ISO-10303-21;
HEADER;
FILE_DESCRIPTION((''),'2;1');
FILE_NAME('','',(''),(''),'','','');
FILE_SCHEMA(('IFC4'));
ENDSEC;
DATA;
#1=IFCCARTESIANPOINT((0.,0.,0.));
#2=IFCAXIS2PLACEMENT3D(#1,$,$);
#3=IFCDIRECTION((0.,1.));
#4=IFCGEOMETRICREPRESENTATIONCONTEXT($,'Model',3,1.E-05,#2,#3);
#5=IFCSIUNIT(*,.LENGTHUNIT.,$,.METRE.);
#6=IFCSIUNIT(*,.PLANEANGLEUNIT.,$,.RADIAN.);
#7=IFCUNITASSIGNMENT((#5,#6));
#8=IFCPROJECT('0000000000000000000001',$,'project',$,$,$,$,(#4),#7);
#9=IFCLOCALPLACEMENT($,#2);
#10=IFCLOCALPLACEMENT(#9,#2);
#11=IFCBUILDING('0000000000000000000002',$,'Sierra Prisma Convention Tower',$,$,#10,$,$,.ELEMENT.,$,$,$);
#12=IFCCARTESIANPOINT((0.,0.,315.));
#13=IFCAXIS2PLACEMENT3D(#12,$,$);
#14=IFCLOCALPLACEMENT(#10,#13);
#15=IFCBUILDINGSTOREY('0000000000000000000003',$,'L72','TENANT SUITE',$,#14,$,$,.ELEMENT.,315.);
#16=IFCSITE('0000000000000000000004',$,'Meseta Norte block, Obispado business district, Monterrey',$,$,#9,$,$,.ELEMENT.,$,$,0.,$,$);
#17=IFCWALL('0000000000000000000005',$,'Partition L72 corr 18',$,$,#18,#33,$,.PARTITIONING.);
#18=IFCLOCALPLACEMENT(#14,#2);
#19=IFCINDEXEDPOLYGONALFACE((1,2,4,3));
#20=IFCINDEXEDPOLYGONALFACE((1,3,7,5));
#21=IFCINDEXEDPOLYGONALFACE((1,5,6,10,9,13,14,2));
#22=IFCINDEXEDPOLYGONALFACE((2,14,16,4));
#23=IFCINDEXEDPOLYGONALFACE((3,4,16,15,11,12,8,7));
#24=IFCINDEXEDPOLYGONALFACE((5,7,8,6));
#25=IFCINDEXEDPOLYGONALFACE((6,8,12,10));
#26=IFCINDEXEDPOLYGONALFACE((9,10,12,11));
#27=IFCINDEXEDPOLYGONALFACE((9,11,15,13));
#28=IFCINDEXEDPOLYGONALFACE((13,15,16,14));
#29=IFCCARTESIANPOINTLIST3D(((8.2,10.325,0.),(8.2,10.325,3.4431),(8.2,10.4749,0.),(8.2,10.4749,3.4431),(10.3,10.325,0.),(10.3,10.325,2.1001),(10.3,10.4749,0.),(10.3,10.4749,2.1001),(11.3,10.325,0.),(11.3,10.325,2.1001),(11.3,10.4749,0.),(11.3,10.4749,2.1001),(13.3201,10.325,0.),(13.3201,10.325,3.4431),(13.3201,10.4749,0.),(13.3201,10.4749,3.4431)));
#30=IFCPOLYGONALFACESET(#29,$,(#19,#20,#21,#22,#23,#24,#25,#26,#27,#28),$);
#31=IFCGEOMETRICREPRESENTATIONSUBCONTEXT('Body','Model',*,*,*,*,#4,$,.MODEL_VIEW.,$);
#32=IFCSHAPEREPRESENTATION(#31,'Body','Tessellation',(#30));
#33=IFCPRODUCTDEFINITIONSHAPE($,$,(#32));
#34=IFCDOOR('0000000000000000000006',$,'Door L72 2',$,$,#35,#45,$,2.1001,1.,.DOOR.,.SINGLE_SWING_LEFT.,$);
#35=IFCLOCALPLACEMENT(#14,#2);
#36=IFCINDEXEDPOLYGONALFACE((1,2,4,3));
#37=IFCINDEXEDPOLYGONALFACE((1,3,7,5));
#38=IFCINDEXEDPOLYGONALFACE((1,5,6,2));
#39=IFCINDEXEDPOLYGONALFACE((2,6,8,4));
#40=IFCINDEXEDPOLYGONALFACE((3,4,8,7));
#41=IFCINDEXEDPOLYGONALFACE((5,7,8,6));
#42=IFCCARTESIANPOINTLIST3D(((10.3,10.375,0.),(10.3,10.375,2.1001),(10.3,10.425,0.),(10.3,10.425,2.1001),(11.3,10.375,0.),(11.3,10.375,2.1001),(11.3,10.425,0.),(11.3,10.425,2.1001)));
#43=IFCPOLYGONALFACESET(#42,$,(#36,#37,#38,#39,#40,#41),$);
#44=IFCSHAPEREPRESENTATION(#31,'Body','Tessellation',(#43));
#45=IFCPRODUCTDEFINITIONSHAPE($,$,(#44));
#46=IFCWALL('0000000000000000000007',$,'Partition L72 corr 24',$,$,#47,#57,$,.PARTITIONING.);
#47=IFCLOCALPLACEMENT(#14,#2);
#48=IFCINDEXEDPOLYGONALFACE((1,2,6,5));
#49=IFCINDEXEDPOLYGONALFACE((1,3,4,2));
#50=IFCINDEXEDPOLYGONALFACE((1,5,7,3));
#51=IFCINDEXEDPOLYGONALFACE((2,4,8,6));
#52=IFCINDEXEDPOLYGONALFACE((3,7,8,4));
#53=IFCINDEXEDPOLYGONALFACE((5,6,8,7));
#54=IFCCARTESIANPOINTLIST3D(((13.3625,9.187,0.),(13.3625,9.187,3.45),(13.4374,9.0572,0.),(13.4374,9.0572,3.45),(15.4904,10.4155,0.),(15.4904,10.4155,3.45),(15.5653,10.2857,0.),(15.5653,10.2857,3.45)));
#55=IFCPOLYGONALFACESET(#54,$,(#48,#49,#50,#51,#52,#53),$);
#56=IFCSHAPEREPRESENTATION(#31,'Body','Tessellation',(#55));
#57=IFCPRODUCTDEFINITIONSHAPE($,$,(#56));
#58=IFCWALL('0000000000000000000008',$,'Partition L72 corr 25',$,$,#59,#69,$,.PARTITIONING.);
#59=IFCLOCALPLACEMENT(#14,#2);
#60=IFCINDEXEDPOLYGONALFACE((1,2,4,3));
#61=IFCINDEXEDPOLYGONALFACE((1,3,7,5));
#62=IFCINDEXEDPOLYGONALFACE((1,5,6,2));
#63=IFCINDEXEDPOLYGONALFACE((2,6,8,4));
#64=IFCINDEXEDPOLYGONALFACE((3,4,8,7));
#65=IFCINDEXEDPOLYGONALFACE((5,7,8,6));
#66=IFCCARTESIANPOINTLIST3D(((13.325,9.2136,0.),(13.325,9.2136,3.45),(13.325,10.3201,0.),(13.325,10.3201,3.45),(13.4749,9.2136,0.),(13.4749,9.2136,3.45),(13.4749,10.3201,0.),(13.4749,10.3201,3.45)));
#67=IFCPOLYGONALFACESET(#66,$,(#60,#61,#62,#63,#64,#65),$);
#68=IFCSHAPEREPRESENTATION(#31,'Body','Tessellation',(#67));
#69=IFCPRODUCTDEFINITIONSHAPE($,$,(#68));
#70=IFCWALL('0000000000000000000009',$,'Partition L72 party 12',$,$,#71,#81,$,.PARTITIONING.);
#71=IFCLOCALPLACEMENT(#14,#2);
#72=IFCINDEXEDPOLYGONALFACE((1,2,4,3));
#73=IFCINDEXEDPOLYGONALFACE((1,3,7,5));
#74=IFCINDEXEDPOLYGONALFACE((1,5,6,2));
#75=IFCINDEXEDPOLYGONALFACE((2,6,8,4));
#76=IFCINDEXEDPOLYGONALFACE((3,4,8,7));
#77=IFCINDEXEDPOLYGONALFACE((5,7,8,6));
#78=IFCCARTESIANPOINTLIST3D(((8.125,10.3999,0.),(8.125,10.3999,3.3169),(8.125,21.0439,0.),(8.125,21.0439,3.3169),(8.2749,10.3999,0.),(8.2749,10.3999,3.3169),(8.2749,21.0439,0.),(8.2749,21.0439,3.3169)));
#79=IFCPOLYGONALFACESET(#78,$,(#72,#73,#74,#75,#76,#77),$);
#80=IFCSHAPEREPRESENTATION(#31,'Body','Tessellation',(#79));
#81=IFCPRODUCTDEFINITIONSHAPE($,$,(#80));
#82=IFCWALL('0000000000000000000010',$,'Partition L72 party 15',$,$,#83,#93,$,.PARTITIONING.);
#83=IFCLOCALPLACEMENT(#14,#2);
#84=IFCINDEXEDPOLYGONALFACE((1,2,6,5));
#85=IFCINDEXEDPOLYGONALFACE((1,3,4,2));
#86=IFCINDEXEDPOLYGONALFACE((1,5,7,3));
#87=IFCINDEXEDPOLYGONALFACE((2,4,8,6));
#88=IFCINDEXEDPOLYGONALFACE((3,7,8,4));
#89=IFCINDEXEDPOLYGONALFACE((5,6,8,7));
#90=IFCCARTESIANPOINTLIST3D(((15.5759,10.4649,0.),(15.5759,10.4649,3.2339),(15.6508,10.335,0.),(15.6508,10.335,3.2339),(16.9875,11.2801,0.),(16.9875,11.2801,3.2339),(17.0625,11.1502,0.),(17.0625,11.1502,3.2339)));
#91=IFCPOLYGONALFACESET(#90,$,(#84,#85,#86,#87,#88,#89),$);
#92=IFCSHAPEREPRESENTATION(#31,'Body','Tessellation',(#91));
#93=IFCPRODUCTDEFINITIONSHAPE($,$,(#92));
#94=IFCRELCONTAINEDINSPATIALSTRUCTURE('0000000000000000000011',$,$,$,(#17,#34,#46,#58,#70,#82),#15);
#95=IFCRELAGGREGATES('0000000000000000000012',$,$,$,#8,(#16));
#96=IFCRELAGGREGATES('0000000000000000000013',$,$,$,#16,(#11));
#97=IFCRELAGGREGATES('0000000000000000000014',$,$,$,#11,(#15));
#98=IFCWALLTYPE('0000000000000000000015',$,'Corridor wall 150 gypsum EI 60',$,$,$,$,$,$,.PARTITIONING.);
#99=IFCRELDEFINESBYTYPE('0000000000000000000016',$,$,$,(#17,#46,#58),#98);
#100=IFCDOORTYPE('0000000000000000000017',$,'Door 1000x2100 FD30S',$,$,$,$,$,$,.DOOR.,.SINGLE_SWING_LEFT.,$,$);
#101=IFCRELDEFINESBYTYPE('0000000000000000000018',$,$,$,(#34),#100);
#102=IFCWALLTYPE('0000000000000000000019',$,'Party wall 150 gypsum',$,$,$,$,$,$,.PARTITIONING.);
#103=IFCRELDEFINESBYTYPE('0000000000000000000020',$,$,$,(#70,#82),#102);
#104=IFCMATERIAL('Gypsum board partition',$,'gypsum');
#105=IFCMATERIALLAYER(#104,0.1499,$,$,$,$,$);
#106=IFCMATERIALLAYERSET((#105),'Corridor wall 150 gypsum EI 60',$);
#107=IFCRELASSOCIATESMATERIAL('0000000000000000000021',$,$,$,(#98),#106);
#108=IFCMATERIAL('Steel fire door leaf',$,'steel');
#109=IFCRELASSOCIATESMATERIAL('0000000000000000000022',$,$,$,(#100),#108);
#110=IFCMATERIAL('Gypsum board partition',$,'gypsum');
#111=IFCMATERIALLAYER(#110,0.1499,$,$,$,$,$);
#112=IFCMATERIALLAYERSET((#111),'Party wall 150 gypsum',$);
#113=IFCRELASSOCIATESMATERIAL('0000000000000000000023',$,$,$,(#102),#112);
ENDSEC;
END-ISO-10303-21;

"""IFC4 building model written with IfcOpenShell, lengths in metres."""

from ifc_helpers import new_model, si_unit, direction, frame, frame_2d, origin, place, context, subcontext, project, spatial, rectangle, extrude, material, layer, layer_set, type_object, element, fill, save


model = new_model("IFC4")

# Units and contexts
model_context = context("Model", 3, precision=1e-05, world=origin(), true_north=direction((0.0, 1.0)))
body_context = subcontext(model_context, "Body", "Model", "MODEL_VIEW")
ifc_project = project(units=[si_unit("LENGTHUNIT", "METRE"), si_unit("PLANEANGLEUNIT", "RADIAN")], contexts=[model_context])

# Site, building, storey
site_placement = place(None, origin())
site = spatial("IfcSite", under=ifc_project, at=site_placement, Name="Meseta Norte block, Obispado business district, Monterrey", CompositionType="ELEMENT", RefElevation=0.0)
building_placement = place(site_placement, origin())
building = spatial("IfcBuilding", under=site, at=building_placement, Name="Sierra Prisma Convention Tower", CompositionType="ELEMENT")
storey_placement = place(building_placement, frame((0.0, 0.0, 315.0)))
storey = spatial("IfcBuildingStorey", under=building, at=storey_placement, Name="L72", Description="TENANT SUITE", CompositionType="ELEMENT", Elevation=315.0)

# Shared definitions
ifc_material_1 = material(Name="Gypsum board partition", Category="gypsum")
ifc_layer_1 = layer(ifc_material_1, 0.1499)
ifc_layer_set_1 = layer_set([ifc_layer_1], Name="Corridor wall 150 gypsum EI 60")
wall_type_1 = type_object("IfcWallType", Name="Corridor wall 150 gypsum EI 60", PredefinedType="PARTITIONING", material=ifc_layer_set_1)

# Shared definitions
ifc_material_2 = material(Name="Steel fire door leaf", Category="steel")
door_type_1 = type_object("IfcDoorType", Name="Door 1000x2100 FD30S", OperationType="SINGLE_SWING_LEFT", PredefinedType="DOOR", material=ifc_material_2)

# Wall, opening, door
wall_1_placement = place(storey_placement, frame((13.3201, 10.3999, 0.0), z_axis=(0.0, 0.0, 1.0), x_axis=(-1.0, 0.0, 0.0)))
wall_1 = element("IfcWall", 1, at=wall_1_placement, inside=storey, type_object=wall_type_1, Name="Partition L72 corr 18", PredefinedType="PARTITIONING", context=body_context, shape_type="SweptSolid", body=[
    extrude(rectangle(XDim=5.1201, YDim=0.1499, at=frame_2d((2.5601, 0.0))), origin(), (0.0, 0.0, 1.0), 3.4431),
])
opening_1_placement = place(wall_1_placement, frame((2.02, 0.0, 0.0)))
opening_1 = element("IfcOpeningElement", 2, at=opening_1_placement, cuts=wall_1, PredefinedType="OPENING", context=body_context, shape_type="SweptSolid", body=[
    extrude(rectangle(XDim=1.0, YDim=2.1001, at=frame_2d((0.5, 1.05))), frame((0.0, 0.075, 0.0), z_axis=(0.0, -1.0, 0.0), x_axis=(1.0, 0.0, 0.0)), (0.0, 0.0, 1.0), 0.1499),
])
door_1_placement = place(opening_1_placement, origin())
door_1 = element("IfcDoor", 3, at=door_1_placement, inside=storey, type_object=door_type_1, Name="Door L72 2", OperationType="SINGLE_SWING_LEFT", OverallHeight=2.1001, OverallWidth=1.0, PredefinedType="DOOR", context=body_context, shape_type="SweptSolid", body=[
    extrude(rectangle(XDim=1.0, YDim=2.1001, at=frame_2d((0.5, 1.05))), frame((0.0, 0.0249, 0.0), z_axis=(0.0, -1.0, 0.0), x_axis=(1.0, 0.0, 0.0)), (0.0, 0.0, 1.0), 0.05),
])
fill(opening_1, door_1)

# Walls
wall_2_placement = place(storey_placement, frame((15.5278, 10.3506, 0.0), z_axis=(0.0, 0.0, 1.0), x_axis=(-0.866033, -0.499986, 0.0)))
element("IfcWall", 4, at=wall_2_placement, inside=storey, type_object=wall_type_1, Name="Partition L72 corr 24", PredefinedType="PARTITIONING", context=body_context, shape_type="SweptSolid", body=[
    extrude(rectangle(XDim=2.457, YDim=0.1499, at=frame_2d((1.2285, 0.0))), origin(), (0.0, 0.0, 1.0), 3.45),
])
wall_3_placement = place(storey_placement, frame((13.3999, 9.2136, 0.0), z_axis=(0.0, 0.0, 1.0), x_axis=(0.0, 1.0, 0.0)))
element("IfcWall", 5, at=wall_3_placement, inside=storey, type_object=wall_type_1, Name="Partition L72 corr 25", PredefinedType="PARTITIONING", context=body_context, shape_type="SweptSolid", body=[
    extrude(rectangle(XDim=1.1064, YDim=0.1499, at=frame_2d((0.5532, 0.0))), origin(), (0.0, 0.0, 1.0), 3.45),
])
ifc_material_3 = material(Name="Gypsum board partition", Category="gypsum")
ifc_layer_2 = layer(ifc_material_3, 0.1499)
ifc_layer_set_2 = layer_set([ifc_layer_2], Name="Party wall 150 gypsum")
wall_type_2 = type_object("IfcWallType", Name="Party wall 150 gypsum", PredefinedType="PARTITIONING", material=ifc_layer_set_2)
wall_4_placement = place(storey_placement, frame((8.2, 10.3999, 0.0), z_axis=(0.0, 0.0, 1.0), x_axis=(0.0, 1.0, 0.0)))
element("IfcWall", 6, at=wall_4_placement, inside=storey, type_object=wall_type_2, Name="Partition L72 party 12", PredefinedType="PARTITIONING", context=body_context, shape_type="SweptSolid", body=[
    extrude(rectangle(XDim=10.644, YDim=0.1499, at=frame_2d((5.322, 0.0))), origin(), (0.0, 0.0, 1.0), 3.3169),
])
wall_5_placement = place(storey_placement, frame((17.0249, 11.2151, 0.0), z_axis=(0.0, 0.0, 1.0), x_axis=(-0.865976, -0.500085, 0.0)))
element("IfcWall", 7, at=wall_5_placement, inside=storey, type_object=wall_type_2, Name="Partition L72 party 15", PredefinedType="PARTITIONING", context=body_context, shape_type="SweptSolid", body=[
    extrude(rectangle(XDim=1.6301, YDim=0.1499, at=frame_2d((0.8149, 0.0))), origin(), (0.0, 0.0, 1.0), 3.2339),
])

save(model, "model.ifc")
